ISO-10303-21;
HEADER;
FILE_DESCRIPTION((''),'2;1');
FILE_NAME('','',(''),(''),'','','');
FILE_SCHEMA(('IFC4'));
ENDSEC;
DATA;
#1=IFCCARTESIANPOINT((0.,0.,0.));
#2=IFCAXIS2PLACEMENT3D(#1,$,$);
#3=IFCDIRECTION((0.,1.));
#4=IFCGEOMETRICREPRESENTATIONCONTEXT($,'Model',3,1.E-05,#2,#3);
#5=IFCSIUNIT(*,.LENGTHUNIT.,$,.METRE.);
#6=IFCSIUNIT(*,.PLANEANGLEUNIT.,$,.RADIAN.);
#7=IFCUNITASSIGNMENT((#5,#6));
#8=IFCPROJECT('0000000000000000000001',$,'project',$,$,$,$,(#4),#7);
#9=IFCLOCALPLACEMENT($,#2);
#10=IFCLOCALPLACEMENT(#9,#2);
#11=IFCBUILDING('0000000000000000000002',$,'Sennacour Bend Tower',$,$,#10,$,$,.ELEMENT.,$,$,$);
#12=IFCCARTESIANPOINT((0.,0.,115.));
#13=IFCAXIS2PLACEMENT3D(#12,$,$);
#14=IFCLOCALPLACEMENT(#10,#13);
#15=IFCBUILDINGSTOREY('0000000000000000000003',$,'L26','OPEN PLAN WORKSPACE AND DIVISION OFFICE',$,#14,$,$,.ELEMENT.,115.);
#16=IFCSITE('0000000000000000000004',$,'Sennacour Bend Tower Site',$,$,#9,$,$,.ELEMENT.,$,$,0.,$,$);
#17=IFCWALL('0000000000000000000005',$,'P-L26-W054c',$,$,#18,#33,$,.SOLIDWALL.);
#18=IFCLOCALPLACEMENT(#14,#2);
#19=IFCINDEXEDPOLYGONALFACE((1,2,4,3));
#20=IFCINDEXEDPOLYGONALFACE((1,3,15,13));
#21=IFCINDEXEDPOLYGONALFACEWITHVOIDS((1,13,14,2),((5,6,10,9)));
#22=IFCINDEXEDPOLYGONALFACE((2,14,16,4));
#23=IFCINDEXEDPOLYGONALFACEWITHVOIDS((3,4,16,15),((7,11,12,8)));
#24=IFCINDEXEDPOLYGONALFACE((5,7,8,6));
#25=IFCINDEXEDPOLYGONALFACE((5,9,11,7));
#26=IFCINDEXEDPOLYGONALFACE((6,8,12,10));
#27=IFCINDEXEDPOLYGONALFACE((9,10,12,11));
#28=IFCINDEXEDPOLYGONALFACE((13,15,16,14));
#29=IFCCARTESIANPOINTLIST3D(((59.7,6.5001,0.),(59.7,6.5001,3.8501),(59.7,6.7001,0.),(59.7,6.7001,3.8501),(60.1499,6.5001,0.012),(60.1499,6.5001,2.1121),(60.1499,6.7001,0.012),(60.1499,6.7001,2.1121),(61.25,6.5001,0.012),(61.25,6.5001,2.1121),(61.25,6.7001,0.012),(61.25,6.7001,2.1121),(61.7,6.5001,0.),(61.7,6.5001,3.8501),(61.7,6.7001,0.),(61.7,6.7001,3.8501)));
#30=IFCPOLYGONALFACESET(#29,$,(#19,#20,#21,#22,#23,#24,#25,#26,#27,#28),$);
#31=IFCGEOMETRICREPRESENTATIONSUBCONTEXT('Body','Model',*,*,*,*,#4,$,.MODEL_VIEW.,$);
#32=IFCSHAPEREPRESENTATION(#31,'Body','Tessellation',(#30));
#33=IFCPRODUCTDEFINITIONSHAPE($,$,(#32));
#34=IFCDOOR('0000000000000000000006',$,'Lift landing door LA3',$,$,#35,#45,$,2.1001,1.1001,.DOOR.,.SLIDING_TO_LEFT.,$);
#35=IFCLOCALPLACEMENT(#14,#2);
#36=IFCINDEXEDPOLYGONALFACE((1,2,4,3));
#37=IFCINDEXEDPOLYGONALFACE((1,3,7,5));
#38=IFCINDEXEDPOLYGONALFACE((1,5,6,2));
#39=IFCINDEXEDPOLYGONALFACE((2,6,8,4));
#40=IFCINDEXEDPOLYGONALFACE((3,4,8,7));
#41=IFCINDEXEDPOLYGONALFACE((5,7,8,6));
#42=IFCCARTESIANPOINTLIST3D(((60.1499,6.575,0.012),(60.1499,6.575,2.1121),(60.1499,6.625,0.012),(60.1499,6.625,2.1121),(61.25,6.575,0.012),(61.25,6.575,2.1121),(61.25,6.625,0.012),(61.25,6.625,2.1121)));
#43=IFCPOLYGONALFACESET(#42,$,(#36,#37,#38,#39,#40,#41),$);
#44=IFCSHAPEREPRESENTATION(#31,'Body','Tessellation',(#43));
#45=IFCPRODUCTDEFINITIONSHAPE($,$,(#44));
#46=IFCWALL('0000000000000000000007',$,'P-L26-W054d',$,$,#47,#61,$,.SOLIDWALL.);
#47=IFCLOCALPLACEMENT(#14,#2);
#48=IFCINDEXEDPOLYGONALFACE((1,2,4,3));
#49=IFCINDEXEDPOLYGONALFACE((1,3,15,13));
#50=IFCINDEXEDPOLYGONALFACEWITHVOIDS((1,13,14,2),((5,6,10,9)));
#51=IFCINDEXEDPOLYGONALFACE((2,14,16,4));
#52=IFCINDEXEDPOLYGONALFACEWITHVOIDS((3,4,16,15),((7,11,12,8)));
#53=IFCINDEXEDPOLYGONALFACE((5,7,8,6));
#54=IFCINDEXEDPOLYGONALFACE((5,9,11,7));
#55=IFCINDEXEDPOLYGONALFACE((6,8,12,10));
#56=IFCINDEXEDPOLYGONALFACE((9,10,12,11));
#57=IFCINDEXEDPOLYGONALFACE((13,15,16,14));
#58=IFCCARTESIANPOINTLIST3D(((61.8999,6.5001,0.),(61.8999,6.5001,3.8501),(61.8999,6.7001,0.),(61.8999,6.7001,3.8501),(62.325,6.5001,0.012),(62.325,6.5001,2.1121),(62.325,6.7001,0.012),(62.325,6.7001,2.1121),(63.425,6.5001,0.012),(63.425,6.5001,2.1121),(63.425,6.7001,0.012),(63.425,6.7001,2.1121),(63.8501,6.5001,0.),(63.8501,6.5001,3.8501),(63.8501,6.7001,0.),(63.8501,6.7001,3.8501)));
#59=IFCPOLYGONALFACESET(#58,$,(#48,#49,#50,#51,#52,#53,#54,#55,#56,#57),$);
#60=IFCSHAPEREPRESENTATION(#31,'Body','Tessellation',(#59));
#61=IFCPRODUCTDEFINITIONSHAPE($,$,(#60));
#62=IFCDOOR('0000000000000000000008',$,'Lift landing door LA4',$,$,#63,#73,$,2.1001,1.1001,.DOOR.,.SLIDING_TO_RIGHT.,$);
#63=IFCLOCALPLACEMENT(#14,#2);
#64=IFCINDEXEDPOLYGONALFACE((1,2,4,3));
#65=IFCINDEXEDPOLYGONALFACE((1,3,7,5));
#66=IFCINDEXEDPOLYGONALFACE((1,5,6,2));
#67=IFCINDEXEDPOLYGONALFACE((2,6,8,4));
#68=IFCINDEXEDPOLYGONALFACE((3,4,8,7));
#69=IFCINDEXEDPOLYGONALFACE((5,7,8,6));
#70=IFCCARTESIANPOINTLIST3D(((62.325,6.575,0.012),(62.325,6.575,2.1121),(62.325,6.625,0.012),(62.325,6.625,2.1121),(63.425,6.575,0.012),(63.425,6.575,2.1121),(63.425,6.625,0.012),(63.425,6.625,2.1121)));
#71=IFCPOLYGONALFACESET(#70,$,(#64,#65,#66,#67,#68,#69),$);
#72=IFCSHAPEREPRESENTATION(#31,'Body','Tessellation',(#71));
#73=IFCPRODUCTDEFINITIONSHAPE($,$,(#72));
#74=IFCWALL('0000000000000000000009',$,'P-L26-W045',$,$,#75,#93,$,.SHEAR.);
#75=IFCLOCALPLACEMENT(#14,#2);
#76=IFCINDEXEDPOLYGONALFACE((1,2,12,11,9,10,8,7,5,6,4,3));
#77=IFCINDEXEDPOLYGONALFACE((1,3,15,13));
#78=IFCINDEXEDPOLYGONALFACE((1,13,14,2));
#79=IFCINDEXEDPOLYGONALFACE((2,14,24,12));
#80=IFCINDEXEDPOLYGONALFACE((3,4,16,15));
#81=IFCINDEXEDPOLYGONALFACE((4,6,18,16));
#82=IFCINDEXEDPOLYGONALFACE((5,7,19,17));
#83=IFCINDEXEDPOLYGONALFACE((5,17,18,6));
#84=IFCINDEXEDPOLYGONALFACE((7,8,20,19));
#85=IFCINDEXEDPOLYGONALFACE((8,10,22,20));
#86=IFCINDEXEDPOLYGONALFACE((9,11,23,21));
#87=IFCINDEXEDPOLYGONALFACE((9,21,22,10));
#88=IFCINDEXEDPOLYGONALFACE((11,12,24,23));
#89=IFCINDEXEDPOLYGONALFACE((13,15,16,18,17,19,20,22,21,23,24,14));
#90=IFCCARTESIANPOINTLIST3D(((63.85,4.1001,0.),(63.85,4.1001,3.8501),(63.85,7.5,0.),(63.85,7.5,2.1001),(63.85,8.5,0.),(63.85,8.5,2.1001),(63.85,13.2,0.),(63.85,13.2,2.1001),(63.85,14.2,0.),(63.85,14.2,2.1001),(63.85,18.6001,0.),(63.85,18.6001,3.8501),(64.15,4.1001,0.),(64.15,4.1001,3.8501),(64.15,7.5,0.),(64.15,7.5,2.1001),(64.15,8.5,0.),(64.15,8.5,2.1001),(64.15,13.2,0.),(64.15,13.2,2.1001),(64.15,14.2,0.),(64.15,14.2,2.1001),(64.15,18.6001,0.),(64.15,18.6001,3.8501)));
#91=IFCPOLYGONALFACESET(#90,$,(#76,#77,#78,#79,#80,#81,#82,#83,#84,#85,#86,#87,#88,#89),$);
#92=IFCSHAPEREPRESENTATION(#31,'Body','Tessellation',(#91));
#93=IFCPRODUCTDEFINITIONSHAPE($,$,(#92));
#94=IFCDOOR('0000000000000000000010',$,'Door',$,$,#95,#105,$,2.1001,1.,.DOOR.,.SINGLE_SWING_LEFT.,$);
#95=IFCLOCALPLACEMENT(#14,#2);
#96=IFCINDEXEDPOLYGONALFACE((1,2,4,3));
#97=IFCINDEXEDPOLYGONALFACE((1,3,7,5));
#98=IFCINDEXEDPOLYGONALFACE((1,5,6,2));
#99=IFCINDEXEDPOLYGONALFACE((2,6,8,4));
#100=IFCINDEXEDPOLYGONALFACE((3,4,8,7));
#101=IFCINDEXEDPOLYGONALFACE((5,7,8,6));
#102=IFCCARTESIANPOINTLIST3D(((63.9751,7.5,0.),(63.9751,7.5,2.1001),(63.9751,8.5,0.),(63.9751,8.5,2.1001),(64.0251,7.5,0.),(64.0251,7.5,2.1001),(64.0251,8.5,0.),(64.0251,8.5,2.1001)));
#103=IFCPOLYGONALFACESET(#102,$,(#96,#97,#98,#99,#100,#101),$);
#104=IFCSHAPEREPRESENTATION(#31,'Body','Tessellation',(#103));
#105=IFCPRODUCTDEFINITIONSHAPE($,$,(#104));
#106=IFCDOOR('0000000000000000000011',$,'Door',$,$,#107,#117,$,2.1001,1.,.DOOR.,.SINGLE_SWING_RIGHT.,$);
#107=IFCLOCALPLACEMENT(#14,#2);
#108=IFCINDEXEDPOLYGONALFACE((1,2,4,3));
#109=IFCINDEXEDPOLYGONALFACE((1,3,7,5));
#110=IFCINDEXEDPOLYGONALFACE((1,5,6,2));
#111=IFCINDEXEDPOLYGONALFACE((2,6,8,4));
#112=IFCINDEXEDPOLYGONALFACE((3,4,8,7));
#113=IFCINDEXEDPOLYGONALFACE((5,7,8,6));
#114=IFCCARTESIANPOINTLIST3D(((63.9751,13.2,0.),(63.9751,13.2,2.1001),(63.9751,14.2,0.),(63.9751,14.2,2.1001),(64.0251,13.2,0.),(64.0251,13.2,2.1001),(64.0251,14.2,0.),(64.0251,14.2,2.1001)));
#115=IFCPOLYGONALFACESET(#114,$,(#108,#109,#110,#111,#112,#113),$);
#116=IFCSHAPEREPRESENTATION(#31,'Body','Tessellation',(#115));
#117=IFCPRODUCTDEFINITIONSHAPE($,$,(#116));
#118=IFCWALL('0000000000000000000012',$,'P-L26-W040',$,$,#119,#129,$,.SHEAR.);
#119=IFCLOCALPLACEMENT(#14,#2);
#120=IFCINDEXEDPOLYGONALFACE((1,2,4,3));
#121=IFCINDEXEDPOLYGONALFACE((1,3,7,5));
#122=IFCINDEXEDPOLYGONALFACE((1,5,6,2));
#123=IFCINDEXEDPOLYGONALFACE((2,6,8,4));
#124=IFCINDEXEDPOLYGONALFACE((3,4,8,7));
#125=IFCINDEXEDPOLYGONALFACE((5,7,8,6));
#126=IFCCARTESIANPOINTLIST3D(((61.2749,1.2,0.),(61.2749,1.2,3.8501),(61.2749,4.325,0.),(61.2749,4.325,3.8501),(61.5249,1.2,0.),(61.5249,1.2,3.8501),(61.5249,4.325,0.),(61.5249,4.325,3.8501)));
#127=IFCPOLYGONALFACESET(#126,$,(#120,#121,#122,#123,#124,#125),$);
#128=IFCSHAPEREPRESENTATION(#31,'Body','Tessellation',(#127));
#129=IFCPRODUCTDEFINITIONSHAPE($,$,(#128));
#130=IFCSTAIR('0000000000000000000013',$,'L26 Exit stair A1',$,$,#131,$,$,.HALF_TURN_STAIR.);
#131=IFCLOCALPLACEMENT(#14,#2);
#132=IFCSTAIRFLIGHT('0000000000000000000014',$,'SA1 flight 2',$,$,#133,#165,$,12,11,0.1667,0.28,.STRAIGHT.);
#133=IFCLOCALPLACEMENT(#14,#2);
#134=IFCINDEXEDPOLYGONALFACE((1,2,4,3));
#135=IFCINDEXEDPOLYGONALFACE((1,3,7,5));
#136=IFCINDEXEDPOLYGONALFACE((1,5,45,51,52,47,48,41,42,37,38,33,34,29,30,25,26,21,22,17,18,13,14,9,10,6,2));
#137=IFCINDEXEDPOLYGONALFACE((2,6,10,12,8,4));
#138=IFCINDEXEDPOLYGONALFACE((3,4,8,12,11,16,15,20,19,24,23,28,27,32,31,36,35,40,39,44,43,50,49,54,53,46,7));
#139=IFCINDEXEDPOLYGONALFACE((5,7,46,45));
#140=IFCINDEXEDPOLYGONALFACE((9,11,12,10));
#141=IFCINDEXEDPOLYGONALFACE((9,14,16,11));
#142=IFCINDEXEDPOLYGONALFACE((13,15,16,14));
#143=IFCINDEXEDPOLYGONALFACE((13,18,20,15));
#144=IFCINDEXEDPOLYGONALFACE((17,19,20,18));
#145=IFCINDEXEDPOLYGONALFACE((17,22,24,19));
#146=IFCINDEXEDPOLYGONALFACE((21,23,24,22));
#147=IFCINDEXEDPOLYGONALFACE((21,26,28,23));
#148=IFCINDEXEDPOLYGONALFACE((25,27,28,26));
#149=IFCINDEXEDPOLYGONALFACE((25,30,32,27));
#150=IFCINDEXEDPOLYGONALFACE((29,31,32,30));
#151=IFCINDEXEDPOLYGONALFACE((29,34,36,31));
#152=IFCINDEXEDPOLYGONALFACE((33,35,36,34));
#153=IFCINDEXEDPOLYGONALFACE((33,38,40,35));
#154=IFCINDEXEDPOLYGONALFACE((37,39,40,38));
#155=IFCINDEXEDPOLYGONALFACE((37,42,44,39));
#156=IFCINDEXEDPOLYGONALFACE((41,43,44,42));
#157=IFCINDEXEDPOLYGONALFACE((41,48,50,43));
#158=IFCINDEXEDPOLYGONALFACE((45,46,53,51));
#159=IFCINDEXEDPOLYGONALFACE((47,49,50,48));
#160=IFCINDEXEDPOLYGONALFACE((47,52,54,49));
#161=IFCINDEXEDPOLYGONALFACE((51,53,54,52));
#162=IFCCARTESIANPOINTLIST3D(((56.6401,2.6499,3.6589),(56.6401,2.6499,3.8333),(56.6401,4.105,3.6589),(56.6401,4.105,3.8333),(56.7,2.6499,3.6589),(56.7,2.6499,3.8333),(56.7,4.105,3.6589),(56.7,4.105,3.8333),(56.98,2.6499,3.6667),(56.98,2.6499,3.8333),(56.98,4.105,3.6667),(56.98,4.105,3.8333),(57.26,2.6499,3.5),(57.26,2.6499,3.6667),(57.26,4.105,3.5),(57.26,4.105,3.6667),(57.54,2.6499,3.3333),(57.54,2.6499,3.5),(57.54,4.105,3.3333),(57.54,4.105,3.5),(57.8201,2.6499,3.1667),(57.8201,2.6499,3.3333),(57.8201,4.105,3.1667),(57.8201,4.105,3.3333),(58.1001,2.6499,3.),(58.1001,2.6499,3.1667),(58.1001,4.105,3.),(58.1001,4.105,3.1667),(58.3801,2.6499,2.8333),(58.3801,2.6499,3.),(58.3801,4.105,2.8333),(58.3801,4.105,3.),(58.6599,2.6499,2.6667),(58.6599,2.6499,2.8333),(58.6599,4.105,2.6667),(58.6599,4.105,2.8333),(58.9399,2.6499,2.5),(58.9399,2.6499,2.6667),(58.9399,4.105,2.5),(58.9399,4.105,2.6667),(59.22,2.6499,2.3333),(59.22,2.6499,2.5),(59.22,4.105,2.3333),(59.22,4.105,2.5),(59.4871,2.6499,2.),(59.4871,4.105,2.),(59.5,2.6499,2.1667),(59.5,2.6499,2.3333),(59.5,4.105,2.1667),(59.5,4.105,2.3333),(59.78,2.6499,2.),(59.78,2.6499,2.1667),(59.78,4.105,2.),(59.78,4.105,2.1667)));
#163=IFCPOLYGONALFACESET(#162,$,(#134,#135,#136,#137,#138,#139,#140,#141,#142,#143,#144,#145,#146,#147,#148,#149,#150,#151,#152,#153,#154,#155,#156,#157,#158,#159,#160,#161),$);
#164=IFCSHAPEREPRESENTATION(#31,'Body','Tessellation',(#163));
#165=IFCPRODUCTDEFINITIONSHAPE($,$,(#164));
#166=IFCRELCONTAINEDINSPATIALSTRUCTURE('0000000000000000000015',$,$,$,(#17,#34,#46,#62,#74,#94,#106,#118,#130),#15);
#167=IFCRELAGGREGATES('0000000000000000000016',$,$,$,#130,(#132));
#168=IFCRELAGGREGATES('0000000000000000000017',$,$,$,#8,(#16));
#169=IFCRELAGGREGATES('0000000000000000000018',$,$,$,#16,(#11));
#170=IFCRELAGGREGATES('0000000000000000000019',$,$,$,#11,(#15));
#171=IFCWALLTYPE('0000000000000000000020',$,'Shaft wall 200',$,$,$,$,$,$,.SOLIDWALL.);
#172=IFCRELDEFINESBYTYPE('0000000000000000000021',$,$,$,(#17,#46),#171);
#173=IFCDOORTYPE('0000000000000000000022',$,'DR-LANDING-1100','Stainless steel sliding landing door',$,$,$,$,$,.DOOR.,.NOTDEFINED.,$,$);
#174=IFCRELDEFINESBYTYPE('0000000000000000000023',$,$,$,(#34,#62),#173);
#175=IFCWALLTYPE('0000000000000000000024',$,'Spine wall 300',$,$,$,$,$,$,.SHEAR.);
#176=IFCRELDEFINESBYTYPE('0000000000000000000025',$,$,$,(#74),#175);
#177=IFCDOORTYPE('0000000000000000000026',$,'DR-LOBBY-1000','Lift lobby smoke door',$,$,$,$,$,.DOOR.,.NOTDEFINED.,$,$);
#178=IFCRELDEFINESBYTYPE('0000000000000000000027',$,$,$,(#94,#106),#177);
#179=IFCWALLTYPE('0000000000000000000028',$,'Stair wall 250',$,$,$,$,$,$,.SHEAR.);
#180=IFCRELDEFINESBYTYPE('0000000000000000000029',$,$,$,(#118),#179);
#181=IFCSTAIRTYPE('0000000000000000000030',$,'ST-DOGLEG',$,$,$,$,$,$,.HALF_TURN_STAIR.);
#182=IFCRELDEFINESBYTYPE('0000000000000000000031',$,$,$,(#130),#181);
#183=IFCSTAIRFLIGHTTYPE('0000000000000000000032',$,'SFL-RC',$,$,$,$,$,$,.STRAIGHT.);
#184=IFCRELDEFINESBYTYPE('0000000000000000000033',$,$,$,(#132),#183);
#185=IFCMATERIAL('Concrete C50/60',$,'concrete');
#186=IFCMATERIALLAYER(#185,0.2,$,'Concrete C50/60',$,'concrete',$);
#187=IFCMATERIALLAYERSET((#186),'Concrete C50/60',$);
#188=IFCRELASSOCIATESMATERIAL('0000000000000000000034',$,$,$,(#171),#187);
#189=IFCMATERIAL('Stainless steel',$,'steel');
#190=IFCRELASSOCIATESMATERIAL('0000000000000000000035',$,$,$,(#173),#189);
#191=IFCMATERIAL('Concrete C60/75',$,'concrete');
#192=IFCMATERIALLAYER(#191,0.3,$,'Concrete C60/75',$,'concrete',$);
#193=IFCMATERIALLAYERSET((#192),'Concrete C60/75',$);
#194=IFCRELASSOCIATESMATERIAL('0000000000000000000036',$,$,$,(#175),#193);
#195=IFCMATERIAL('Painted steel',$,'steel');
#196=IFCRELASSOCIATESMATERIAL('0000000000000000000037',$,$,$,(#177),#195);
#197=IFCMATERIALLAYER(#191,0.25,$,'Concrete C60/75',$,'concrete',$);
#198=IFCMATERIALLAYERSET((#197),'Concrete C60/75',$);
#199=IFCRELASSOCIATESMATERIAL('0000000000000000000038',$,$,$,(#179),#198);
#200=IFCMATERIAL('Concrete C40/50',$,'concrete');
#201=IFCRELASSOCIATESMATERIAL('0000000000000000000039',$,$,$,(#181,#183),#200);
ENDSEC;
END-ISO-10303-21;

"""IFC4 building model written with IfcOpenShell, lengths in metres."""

from ifc_helpers import new_model, si_unit, direction, frame, frame_2d, origin, place, context, subcontext, project, spatial, polyline, rectangle, outline, extrude, material, layer, layer_set, type_object, element, fill, aggregate, save


model = new_model("IFC4")

# Units and contexts
model_context = context("Model", 3, precision=1e-05, world=origin(), true_north=direction((0.0, 1.0)))
body_context = subcontext(model_context, "Body", "Model", "MODEL_VIEW")
ifc_project = project(units=[si_unit("LENGTHUNIT", "METRE"), si_unit("PLANEANGLEUNIT", "RADIAN")], contexts=[model_context])

# Site, building, storey
site_placement = place(None, origin())
site = spatial("IfcSite", under=ifc_project, at=site_placement, Name="Sennacour Bend Tower Site", CompositionType="ELEMENT", RefElevation=0.0)
building_placement = place(site_placement, origin())
building = spatial("IfcBuilding", under=site, at=building_placement, Name="Sennacour Bend Tower", CompositionType="ELEMENT")
storey_placement = place(building_placement, frame((0.0, 0.0, 115.0)))
storey = spatial("IfcBuildingStorey", under=building, at=storey_placement, Name="L26", Description="OPEN PLAN WORKSPACE AND DIVISION OFFICE", CompositionType="ELEMENT", Elevation=115.0)

# Shared definitions
ifc_material_1 = material(Name="Painted steel", Category="steel")

# Shared definitions
ifc_material_2 = material(Name="Concrete C50/60", Category="concrete")
ifc_layer_1 = layer(ifc_material_2, 0.2, Name="Concrete C50/60", Category="concrete")
ifc_layer_set_1 = layer_set([ifc_layer_1], Name="Concrete C50/60")
wall_type_1 = type_object("IfcWallType", Name="Shaft wall 200", PredefinedType="SOLIDWALL", material=ifc_layer_set_1)

# Walls, openings, doors
ifc_material_3 = material(Name="Stainless steel", Category="steel")
door_type_1 = type_object("IfcDoorType", Name="DR-LANDING-1100", Description="Stainless steel sliding landing door", OperationType="NOTDEFINED", PredefinedType="DOOR", material=ifc_material_3)
wall_1_placement = place(storey_placement, frame((59.7, 6.6001, 0.0), z_axis=(0.0, 0.0, 1.0), x_axis=(1.0, 0.0, 0.0)))
wall_1 = element("IfcWall", 1, at=wall_1_placement, inside=storey, type_object=wall_type_1, Name="P-L26-W054c", PredefinedType="SOLIDWALL", context=body_context, shape_type="SweptSolid", body=[
    extrude(rectangle(XDim=2.0, YDim=0.2, at=frame_2d((1.0, 0.0))), origin(), (0.0, 0.0, 1.0), 3.8501),
])
opening_1_placement = place(wall_1_placement, frame((0.45, 0.0, 0.012)))
opening_1 = element("IfcOpeningElement", 2, at=opening_1_placement, cuts=wall_1, PredefinedType="OPENING", context=body_context, shape_type="SweptSolid", body=[
    extrude(rectangle(XDim=1.1001, YDim=2.1001, at=frame_2d((0.55, 1.05))), frame((0.0, 0.1099, 0.0), z_axis=(0.0, -1.0, 0.0), x_axis=(1.0, 0.0, 0.0)), (0.0, 0.0, 1.0), 0.22),
])
door_1_placement = place(opening_1_placement, origin())
door_1 = element("IfcDoor", 3, at=door_1_placement, inside=storey, type_object=door_type_1, Name="Lift landing door LA3", OperationType="SLIDING_TO_LEFT", OverallHeight=2.1001, OverallWidth=1.1001, PredefinedType="DOOR", context=body_context, shape_type="SweptSolid", body=[
    extrude(rectangle(XDim=1.1001, YDim=2.1001, at=frame_2d((0.55, 1.05))), frame((0.0, 0.0249, 0.0), z_axis=(0.0, -1.0, 0.0), x_axis=(1.0, 0.0, 0.0)), (0.0, 0.0, 1.0), 0.05),
])
fill(opening_1, door_1)
wall_2_placement = place(storey_placement, frame((61.8999, 6.6001, 0.0), z_axis=(0.0, 0.0, 1.0), x_axis=(1.0, 0.0, 0.0)))
wall_2 = element("IfcWall", 4, at=wall_2_placement, inside=storey, type_object=wall_type_1, Name="P-L26-W054d", PredefinedType="SOLIDWALL", context=body_context, shape_type="SweptSolid", body=[
    extrude(rectangle(XDim=1.9502, YDim=0.2, at=frame_2d((0.9751, 0.0))), origin(), (0.0, 0.0, 1.0), 3.8501),
])
opening_2_placement = place(wall_2_placement, frame((0.425, 0.0, 0.012)))
opening_2 = element("IfcOpeningElement", 5, at=opening_2_placement, cuts=wall_2, PredefinedType="OPENING", context=body_context, shape_type="SweptSolid", body=[
    extrude(rectangle(XDim=1.1001, YDim=2.1001, at=frame_2d((0.55, 1.05))), frame((0.0, 0.1099, 0.0), z_axis=(0.0, -1.0, 0.0), x_axis=(1.0, 0.0, 0.0)), (0.0, 0.0, 1.0), 0.22),
])
door_2_placement = place(opening_2_placement, origin())
door_2 = element("IfcDoor", 6, at=door_2_placement, inside=storey, type_object=door_type_1, Name="Lift landing door LA4", OperationType="SLIDING_TO_RIGHT", OverallHeight=2.1001, OverallWidth=1.1001, PredefinedType="DOOR", context=body_context, shape_type="SweptSolid", body=[
    extrude(rectangle(XDim=1.1001, YDim=2.1001, at=frame_2d((0.55, 1.05))), frame((0.0, 0.0249, 0.0), z_axis=(0.0, -1.0, 0.0), x_axis=(1.0, 0.0, 0.0)), (0.0, 0.0, 1.0), 0.05),
])
fill(opening_2, door_2)

# Wall, openings, doors
ifc_material_4 = material(Name="Concrete C60/75", Category="concrete")
ifc_layer_2 = layer(ifc_material_4, 0.3, Name="Concrete C60/75", Category="concrete")
ifc_layer_set_2 = layer_set([ifc_layer_2], Name="Concrete C60/75")
wall_type_2 = type_object("IfcWallType", Name="Spine wall 300", PredefinedType="SHEAR", material=ifc_layer_set_2)
wall_3_placement = place(storey_placement, frame((64.0, 4.1001, 0.0), z_axis=(0.0, 0.0, 1.0), x_axis=(0.0, 1.0, 0.0)))
wall_3 = element("IfcWall", 7, at=wall_3_placement, inside=storey, type_object=wall_type_2, Name="P-L26-W045", PredefinedType="SHEAR", context=body_context, shape_type="SweptSolid", body=[
    extrude(rectangle(XDim=14.5, YDim=0.3, at=frame_2d((7.25, 0.0))), origin(), (0.0, 0.0, 1.0), 3.8501),
])
opening_3_placement = place(wall_3_placement, frame((3.3999, 0.0, 0.0)))
opening_3 = element("IfcOpeningElement", 8, at=opening_3_placement, cuts=wall_3, PredefinedType="OPENING", context=body_context, shape_type="SweptSolid", body=[
    extrude(rectangle(XDim=1.0, YDim=2.1001, at=frame_2d((0.5, 1.05))), frame((0.0, 0.1602, 0.0), z_axis=(0.0, -1.0, 0.0), x_axis=(1.0, 0.0, 0.0)), (0.0, 0.0, 1.0), 0.3201),
])
opening_4_placement = place(wall_3_placement, frame((9.0999, 0.0, 0.0)))
opening_4 = element("IfcOpeningElement", 9, at=opening_4_placement, cuts=wall_3, PredefinedType="OPENING", context=body_context, shape_type="SweptSolid", body=[
    extrude(rectangle(XDim=1.0, YDim=2.1001, at=frame_2d((0.5, 1.05))), frame((0.0, 0.1602, 0.0), z_axis=(0.0, -1.0, 0.0), x_axis=(1.0, 0.0, 0.0)), (0.0, 0.0, 1.0), 0.3201),
])
door_type_2 = type_object("IfcDoorType", Name="DR-LOBBY-1000", Description="Lift lobby smoke door", OperationType="NOTDEFINED", PredefinedType="DOOR", material=ifc_material_1)
door_3_placement = place(opening_3_placement, origin())
door_3 = element("IfcDoor", 10, at=door_3_placement, inside=storey, type_object=door_type_2, Name="Door", OperationType="SINGLE_SWING_LEFT", OverallHeight=2.1001, OverallWidth=1.0, PredefinedType="DOOR", context=body_context, shape_type="SweptSolid", body=[
    extrude(rectangle(XDim=1.0, YDim=2.1001, at=frame_2d((0.5, 1.05))), frame((0.0, 0.0249, 0.0), z_axis=(0.0, -1.0, 0.0), x_axis=(1.0, 0.0, 0.0)), (0.0, 0.0, 1.0), 0.05),
])
fill(opening_3, door_3)
door_4_placement = place(opening_4_placement, origin())
door_4 = element("IfcDoor", 11, at=door_4_placement, inside=storey, type_object=door_type_2, Name="Door", OperationType="SINGLE_SWING_RIGHT", OverallHeight=2.1001, OverallWidth=1.0, PredefinedType="DOOR", context=body_context, shape_type="SweptSolid", body=[
    extrude(rectangle(XDim=1.0, YDim=2.1001, at=frame_2d((0.5, 1.05))), frame((0.0, 0.0249, 0.0), z_axis=(0.0, -1.0, 0.0), x_axis=(1.0, 0.0, 0.0)), (0.0, 0.0, 1.0), 0.05),
])
fill(opening_4, door_4)

# Wall
ifc_layer_3 = layer(ifc_material_4, 0.25, Name="Concrete C60/75", Category="concrete")
ifc_layer_set_3 = layer_set([ifc_layer_3], Name="Concrete C60/75")
wall_type_3 = type_object("IfcWallType", Name="Stair wall 250", PredefinedType="SHEAR", material=ifc_layer_set_3)
wall_4_placement = place(storey_placement, frame((61.3999, 1.2, 0.0), z_axis=(0.0, 0.0, 1.0), x_axis=(0.0, 1.0, 0.0)))
element("IfcWall", 12, at=wall_4_placement, inside=storey, type_object=wall_type_3, Name="P-L26-W040", PredefinedType="SHEAR", context=body_context, shape_type="SweptSolid", body=[
    extrude(rectangle(XDim=3.125, YDim=0.25, at=frame_2d((1.5625, 0.0))), origin(), (0.0, 0.0, 1.0), 3.8501),
])

# Stair, stair flight
ifc_material_5 = material(Name="Concrete C40/50", Category="concrete")
stair_type = type_object("IfcStairType", Name="ST-DOGLEG", PredefinedType="HALF_TURN_STAIR", material=ifc_material_5)
stair_placement = place(storey_placement, origin())
stair = element("IfcStair", 13, at=stair_placement, inside=storey, type_object=stair_type, Name="L26 Exit stair A1", PredefinedType="HALF_TURN_STAIR")
stair_flight_type = type_object("IfcStairFlightType", Name="SFL-RC", PredefinedType="STRAIGHT", material=ifc_material_5)
stair_flight_placement = place(storey_placement, frame((59.78, 3.3774, 2.0), z_axis=(0.0, 0.0, 1.0), x_axis=(-1.0, 0.0, 0.0)))
stair_flight = element("IfcStairFlight", 14, at=stair_flight_placement, type_object=stair_flight_type, Name="SA1 flight 2", NumberOfRisers=12, NumberOfTreads=11, PredefinedType="STRAIGHT", RiserHeight=0.1667, TreadLength=0.28, context=body_context, shape_type="SweptSolid", body=[
    extrude(outline(polyline([(0.0, 0.0), (0.0, 0.1667), (0.28, 0.1667), (0.28, 0.3333), (0.5601, 0.3333), (0.5601, 0.5), (0.8401, 0.5), (0.8401, 0.6667), (1.1201, 0.6667), (1.1201, 0.8333), (1.3999, 0.8333), (1.3999, 1.0), (1.6799, 1.0), (1.6799, 1.1667), (1.96, 1.1667), (1.96, 1.3333), (2.24, 1.3333), (2.24, 1.5), (2.52, 1.5), (2.52, 1.6667), (2.8, 1.6667), (2.8, 1.8333), (3.0801, 1.8333), (3.1399, 1.8333), (3.1399, 1.6589), (3.0801, 1.6589), (0.293, 0.0), (0.0, 0.0)])), frame((0.0, 0.7275, 0.0), z_axis=(0.0, -1.0, 0.0), x_axis=(1.0, 0.0, 0.0)), (0.0, 0.0, 1.0), 1.4551),
])
aggregate(stair, [stair_flight])

save(model, "model.ifc")
